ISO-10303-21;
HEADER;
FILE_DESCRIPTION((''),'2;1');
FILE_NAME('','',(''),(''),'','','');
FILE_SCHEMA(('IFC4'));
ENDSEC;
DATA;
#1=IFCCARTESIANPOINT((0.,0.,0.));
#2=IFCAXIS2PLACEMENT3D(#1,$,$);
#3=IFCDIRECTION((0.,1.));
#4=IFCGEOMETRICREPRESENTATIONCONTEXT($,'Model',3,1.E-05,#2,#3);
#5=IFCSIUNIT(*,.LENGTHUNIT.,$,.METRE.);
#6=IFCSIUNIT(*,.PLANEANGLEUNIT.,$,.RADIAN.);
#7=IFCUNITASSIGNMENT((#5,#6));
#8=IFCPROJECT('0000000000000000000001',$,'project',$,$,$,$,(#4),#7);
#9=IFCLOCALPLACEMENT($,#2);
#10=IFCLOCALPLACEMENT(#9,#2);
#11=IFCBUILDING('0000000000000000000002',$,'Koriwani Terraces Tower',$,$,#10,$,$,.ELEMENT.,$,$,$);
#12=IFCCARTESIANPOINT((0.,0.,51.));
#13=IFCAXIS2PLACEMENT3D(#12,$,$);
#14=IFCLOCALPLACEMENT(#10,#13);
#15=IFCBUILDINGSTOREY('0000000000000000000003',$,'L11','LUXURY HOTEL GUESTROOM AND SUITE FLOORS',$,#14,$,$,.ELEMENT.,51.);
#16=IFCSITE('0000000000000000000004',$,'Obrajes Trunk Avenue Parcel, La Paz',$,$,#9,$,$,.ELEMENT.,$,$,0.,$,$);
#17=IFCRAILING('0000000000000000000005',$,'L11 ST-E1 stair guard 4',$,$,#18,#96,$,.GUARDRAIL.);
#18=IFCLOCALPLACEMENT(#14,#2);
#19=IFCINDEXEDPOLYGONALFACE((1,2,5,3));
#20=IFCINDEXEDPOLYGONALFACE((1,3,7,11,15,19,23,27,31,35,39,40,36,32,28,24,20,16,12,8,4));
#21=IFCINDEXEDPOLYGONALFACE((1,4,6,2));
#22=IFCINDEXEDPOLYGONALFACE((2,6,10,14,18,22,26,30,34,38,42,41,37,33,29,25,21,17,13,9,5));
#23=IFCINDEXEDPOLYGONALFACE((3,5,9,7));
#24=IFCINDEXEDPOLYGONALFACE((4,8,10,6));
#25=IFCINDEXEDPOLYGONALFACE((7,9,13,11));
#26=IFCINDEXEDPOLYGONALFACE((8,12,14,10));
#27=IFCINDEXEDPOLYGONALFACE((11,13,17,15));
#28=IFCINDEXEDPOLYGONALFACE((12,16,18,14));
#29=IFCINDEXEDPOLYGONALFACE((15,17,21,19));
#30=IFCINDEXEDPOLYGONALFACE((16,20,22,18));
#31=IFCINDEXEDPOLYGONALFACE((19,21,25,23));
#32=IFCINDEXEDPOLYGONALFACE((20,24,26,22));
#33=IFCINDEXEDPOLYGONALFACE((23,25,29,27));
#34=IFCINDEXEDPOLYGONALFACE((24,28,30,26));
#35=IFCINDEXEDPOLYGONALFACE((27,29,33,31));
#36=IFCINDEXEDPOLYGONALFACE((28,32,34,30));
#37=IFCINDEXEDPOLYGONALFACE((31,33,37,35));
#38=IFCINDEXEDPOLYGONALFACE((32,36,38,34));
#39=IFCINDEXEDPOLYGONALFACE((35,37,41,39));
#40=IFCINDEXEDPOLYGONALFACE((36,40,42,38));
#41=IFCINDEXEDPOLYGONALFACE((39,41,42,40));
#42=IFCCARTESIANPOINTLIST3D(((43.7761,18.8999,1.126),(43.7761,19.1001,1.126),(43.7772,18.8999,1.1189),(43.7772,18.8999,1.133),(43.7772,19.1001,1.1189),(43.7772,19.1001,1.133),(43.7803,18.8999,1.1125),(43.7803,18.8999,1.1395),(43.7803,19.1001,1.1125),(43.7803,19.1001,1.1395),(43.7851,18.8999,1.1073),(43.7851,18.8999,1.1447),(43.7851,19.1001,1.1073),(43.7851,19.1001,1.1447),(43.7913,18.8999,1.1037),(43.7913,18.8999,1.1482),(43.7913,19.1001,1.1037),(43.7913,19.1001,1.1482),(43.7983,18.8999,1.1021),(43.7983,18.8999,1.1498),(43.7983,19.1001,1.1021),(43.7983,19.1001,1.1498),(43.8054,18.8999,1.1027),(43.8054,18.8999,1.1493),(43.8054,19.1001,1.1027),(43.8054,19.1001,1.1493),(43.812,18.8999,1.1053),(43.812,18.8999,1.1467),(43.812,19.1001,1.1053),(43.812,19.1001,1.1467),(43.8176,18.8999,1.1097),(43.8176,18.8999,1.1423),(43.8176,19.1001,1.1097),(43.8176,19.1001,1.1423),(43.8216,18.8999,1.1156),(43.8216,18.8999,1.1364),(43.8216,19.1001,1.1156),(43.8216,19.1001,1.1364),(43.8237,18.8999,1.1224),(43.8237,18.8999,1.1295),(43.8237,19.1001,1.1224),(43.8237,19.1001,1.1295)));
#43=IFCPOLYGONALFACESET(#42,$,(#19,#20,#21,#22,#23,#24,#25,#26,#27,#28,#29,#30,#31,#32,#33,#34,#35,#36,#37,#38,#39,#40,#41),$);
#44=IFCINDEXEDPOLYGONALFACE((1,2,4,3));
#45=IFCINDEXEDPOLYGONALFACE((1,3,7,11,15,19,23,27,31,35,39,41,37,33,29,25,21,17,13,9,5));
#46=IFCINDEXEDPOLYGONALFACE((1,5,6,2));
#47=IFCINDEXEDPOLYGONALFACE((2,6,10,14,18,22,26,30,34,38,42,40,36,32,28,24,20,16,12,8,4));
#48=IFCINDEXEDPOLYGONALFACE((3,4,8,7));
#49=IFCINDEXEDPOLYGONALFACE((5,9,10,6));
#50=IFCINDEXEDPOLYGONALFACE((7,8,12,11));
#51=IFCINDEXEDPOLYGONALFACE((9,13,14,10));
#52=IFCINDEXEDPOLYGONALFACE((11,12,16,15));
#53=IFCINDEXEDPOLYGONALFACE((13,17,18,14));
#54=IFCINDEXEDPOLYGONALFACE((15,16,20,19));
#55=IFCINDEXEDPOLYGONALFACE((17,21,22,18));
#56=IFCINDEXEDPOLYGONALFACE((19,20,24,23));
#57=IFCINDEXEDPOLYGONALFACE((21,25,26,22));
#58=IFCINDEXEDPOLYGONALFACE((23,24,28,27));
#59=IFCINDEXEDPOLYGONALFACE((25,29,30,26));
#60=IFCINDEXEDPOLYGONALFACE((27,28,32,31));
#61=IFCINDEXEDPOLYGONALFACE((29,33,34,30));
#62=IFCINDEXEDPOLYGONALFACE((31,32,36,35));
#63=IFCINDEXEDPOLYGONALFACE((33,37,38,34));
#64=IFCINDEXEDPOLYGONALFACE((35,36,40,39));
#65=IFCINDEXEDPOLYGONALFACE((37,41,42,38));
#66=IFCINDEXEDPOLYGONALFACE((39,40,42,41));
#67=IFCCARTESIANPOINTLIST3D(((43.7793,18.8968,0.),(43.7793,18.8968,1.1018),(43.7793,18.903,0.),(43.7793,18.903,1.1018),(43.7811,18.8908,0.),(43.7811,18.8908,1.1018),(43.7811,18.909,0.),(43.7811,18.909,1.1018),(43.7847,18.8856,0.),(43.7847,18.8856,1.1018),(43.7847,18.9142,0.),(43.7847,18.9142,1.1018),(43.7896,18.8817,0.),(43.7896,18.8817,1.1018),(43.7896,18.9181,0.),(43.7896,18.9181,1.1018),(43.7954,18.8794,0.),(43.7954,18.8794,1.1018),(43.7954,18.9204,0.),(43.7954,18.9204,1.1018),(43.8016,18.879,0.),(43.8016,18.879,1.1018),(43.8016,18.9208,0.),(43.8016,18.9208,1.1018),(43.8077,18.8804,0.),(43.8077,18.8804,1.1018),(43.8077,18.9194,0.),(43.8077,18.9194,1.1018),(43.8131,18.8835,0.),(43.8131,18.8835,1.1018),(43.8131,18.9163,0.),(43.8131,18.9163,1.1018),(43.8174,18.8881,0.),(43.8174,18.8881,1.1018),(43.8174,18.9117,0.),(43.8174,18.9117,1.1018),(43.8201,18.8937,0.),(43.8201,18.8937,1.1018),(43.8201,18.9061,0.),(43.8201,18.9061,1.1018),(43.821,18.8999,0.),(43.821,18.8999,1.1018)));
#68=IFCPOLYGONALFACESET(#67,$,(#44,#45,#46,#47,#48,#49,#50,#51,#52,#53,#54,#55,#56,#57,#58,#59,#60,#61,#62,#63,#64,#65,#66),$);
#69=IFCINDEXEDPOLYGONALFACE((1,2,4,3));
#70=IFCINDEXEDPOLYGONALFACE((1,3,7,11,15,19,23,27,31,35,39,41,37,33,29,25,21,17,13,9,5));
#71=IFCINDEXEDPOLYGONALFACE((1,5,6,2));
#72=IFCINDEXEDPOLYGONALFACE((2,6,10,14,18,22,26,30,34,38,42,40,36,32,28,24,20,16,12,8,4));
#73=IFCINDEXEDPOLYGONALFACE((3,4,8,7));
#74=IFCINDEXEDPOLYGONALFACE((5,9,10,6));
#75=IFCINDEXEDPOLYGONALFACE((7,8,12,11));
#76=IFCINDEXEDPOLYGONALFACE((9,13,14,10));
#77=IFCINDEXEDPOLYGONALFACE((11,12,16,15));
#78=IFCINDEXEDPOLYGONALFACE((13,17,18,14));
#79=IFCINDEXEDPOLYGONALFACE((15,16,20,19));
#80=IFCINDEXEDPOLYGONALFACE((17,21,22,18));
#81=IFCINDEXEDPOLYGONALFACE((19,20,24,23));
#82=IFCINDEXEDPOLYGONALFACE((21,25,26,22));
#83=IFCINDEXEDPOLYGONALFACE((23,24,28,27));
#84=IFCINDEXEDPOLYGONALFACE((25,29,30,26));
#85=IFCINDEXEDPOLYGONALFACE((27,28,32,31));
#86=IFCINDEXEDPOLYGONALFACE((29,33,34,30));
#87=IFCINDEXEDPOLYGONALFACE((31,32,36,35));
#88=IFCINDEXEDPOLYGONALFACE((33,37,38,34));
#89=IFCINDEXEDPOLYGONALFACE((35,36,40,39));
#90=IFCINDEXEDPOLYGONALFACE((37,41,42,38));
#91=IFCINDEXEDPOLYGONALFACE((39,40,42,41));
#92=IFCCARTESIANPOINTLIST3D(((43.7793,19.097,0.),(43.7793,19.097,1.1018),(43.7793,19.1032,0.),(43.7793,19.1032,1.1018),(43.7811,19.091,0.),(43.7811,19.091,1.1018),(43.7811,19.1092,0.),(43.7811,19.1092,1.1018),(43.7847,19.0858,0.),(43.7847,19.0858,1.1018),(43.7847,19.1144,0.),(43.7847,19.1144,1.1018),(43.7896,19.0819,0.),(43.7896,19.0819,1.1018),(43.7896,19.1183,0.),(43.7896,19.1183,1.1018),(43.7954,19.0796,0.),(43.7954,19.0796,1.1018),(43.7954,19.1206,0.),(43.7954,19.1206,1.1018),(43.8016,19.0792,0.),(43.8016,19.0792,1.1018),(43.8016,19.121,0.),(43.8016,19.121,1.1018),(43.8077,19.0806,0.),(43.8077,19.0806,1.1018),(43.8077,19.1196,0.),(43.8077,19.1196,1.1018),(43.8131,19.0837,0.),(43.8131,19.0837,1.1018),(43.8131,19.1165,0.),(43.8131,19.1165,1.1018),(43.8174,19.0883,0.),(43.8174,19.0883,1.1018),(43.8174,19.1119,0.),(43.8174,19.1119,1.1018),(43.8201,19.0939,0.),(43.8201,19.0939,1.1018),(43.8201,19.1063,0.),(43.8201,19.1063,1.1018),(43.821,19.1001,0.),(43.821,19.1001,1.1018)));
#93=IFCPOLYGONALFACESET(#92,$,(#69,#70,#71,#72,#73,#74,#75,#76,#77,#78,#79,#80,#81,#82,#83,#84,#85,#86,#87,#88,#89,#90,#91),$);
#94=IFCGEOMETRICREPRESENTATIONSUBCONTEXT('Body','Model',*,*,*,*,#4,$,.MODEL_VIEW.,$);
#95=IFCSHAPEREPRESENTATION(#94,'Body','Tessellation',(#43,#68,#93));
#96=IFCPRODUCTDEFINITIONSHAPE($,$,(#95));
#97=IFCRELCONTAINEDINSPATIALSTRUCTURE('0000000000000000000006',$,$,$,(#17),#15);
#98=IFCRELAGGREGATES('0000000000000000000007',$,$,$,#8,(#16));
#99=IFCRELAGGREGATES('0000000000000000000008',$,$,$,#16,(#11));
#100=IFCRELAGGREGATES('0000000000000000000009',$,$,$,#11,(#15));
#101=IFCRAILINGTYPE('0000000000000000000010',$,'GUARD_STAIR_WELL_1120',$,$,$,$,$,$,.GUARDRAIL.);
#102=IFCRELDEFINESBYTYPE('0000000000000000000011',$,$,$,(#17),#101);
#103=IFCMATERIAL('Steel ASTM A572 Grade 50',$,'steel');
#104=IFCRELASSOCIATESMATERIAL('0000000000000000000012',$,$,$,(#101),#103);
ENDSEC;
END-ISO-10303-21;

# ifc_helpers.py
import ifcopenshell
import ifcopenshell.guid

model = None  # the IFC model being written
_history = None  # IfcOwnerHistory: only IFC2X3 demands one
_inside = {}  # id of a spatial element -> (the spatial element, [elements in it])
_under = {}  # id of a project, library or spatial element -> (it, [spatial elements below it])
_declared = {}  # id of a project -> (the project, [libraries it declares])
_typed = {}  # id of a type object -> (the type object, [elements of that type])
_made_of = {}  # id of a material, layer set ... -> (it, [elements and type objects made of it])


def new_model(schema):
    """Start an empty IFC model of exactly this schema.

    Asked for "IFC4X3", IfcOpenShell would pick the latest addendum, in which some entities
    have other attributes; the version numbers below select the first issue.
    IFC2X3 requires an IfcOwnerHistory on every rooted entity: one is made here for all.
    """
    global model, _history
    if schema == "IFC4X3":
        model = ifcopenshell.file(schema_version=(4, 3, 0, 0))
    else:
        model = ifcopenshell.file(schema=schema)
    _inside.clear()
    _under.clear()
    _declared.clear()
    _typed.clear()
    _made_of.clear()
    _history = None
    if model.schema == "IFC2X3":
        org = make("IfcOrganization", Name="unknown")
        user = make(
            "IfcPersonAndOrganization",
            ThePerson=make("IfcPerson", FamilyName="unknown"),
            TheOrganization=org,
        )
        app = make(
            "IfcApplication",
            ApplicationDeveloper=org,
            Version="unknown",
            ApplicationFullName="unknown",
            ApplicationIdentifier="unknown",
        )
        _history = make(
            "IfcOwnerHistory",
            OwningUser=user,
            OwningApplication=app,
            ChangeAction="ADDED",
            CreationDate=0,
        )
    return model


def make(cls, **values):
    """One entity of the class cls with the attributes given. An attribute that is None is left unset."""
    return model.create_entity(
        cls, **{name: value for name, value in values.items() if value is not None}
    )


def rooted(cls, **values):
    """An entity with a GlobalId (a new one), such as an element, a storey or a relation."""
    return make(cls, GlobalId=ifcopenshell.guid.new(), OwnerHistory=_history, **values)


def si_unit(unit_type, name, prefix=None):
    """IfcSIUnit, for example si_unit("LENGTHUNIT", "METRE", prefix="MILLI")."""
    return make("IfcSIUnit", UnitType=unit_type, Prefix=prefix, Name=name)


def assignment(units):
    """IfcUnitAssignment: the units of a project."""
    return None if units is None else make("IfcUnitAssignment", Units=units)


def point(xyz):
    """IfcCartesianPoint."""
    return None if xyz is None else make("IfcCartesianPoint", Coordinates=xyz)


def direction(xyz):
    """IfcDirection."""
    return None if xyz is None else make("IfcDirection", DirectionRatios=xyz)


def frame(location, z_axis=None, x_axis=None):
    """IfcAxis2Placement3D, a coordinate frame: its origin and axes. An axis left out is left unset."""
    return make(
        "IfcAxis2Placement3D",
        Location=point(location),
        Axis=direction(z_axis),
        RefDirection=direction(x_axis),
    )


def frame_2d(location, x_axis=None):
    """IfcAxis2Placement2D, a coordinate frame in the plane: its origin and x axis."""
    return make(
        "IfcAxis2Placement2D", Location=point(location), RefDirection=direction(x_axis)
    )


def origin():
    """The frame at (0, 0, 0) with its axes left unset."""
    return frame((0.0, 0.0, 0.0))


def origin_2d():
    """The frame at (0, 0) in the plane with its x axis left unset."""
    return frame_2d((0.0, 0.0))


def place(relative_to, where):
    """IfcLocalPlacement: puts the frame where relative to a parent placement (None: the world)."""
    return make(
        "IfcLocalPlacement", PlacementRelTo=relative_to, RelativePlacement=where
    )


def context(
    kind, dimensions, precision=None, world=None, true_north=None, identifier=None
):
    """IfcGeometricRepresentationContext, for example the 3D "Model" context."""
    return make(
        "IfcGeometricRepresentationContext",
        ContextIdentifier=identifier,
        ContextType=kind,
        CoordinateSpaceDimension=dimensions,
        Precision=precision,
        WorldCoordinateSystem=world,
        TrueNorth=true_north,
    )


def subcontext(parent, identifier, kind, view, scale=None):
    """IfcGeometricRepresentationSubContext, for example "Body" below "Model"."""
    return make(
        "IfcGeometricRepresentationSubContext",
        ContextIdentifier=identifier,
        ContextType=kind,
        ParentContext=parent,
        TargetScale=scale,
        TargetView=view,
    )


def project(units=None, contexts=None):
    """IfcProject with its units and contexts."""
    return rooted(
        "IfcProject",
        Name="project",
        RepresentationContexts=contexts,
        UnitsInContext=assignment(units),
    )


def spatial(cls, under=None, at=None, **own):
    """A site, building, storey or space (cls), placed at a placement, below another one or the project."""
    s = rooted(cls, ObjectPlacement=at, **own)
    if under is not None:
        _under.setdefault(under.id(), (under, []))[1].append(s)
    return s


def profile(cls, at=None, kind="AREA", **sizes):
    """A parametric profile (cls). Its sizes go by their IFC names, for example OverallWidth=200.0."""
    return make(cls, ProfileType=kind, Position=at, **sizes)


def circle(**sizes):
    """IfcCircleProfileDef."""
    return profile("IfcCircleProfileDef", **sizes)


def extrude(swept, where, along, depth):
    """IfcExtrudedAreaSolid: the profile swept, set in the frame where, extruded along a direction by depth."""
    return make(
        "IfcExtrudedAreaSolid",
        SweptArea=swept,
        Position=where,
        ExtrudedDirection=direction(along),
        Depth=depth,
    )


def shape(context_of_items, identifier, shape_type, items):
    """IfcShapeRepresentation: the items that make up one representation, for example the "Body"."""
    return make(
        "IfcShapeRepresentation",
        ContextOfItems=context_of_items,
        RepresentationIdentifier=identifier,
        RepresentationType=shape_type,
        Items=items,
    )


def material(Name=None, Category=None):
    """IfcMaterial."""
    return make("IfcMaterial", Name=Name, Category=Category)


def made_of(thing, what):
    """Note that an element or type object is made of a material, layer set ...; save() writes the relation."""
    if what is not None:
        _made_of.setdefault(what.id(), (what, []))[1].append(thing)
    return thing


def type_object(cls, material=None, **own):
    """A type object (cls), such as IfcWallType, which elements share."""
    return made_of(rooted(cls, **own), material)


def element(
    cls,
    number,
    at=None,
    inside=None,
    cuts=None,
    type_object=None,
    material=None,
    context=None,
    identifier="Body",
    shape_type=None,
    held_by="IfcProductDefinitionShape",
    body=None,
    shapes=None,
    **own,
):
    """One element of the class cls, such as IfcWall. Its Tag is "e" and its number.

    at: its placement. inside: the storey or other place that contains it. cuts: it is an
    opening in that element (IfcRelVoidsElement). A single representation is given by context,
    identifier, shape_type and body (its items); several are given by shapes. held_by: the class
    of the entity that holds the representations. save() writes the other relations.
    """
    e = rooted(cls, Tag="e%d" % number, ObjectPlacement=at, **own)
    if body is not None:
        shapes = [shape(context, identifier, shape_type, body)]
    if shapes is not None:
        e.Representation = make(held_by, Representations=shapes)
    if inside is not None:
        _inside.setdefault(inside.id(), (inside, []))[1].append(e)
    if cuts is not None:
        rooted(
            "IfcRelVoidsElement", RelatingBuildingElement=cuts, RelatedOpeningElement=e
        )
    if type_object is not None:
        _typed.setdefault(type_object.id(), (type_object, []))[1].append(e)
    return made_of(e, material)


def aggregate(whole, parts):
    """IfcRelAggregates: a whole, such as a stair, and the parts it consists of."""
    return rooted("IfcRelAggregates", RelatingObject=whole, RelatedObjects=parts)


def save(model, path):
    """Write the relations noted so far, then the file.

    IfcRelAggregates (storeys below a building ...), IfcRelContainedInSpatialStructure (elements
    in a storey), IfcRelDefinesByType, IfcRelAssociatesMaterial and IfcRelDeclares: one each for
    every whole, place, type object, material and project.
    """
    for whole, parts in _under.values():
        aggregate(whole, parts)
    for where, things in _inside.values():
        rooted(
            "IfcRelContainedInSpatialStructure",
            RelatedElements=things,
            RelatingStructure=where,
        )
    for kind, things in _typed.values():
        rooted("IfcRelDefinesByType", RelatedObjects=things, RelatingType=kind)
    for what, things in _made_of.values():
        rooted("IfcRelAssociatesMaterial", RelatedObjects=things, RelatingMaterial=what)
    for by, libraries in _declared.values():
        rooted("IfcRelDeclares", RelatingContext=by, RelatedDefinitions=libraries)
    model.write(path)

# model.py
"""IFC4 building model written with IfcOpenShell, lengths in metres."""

from ifc_helpers import new_model, si_unit, direction, frame, origin, origin_2d, place, context, subcontext, project, spatial, circle, extrude, material, type_object, element, save


model = new_model("IFC4")

# Units and contexts
model_context = context("Model", 3, precision=1e-05, world=origin(), true_north=direction((0.0, 1.0)))
body_context = subcontext(model_context, "Body", "Model", "MODEL_VIEW")
ifc_project = project(units=[si_unit("LENGTHUNIT", "METRE"), si_unit("PLANEANGLEUNIT", "RADIAN")], contexts=[model_context])

# Site, building, storey
site_placement = place(None, origin())
site = spatial("IfcSite", under=ifc_project, at=site_placement, Name="Obrajes Trunk Avenue Parcel, La Paz", CompositionType="ELEMENT", RefElevation=0.0)
building_placement = place(site_placement, origin())
building = spatial("IfcBuilding", under=site, at=building_placement, Name="Koriwani Terraces Tower", CompositionType="ELEMENT")
storey_placement = place(building_placement, frame((0.0, 0.0, 51.0)))
storey = spatial("IfcBuildingStorey", under=building, at=storey_placement, Name="L11", Description="LUXURY HOTEL GUESTROOM AND SUITE FLOORS", CompositionType="ELEMENT", Elevation=51.0)

# Shared definitions
ifc_material_1 = material(Name="Steel ASTM A572 Grade 50", Category="steel")

# Railing
railing_type_1 = type_object("IfcRailingType", Name="GUARD_STAIR_WELL_1120", PredefinedType="GUARDRAIL", material=ifc_material_1)
railing_1_placement = place(storey_placement, frame((43.8, 18.8999, 0.0)))
element("IfcRailing", 1, at=railing_1_placement, inside=storey, type_object=railing_type_1, Name="L11 ST-E1 stair guard 4", PredefinedType="GUARDRAIL", context=body_context, shape_type="SweptSolid", body=[
    extrude(circle(Radius=0.0239, at=origin_2d()), frame((0.0, 0.0, 1.126), z_axis=(0.0, 1.0, 0.0), x_axis=(-1.0, 0.0, 0.0)), (0.0, 0.0, 1.0), 0.2002),
    extrude(circle(Radius=0.021, at=origin_2d()), origin(), (0.0, 0.0, 1.0), 1.1018),
    extrude(circle(Radius=0.021, at=origin_2d()), frame((0.0, 0.2002, 0.0)), (0.0, 0.0, 1.0), 1.1018),
])

save(model, "model.ifc")
